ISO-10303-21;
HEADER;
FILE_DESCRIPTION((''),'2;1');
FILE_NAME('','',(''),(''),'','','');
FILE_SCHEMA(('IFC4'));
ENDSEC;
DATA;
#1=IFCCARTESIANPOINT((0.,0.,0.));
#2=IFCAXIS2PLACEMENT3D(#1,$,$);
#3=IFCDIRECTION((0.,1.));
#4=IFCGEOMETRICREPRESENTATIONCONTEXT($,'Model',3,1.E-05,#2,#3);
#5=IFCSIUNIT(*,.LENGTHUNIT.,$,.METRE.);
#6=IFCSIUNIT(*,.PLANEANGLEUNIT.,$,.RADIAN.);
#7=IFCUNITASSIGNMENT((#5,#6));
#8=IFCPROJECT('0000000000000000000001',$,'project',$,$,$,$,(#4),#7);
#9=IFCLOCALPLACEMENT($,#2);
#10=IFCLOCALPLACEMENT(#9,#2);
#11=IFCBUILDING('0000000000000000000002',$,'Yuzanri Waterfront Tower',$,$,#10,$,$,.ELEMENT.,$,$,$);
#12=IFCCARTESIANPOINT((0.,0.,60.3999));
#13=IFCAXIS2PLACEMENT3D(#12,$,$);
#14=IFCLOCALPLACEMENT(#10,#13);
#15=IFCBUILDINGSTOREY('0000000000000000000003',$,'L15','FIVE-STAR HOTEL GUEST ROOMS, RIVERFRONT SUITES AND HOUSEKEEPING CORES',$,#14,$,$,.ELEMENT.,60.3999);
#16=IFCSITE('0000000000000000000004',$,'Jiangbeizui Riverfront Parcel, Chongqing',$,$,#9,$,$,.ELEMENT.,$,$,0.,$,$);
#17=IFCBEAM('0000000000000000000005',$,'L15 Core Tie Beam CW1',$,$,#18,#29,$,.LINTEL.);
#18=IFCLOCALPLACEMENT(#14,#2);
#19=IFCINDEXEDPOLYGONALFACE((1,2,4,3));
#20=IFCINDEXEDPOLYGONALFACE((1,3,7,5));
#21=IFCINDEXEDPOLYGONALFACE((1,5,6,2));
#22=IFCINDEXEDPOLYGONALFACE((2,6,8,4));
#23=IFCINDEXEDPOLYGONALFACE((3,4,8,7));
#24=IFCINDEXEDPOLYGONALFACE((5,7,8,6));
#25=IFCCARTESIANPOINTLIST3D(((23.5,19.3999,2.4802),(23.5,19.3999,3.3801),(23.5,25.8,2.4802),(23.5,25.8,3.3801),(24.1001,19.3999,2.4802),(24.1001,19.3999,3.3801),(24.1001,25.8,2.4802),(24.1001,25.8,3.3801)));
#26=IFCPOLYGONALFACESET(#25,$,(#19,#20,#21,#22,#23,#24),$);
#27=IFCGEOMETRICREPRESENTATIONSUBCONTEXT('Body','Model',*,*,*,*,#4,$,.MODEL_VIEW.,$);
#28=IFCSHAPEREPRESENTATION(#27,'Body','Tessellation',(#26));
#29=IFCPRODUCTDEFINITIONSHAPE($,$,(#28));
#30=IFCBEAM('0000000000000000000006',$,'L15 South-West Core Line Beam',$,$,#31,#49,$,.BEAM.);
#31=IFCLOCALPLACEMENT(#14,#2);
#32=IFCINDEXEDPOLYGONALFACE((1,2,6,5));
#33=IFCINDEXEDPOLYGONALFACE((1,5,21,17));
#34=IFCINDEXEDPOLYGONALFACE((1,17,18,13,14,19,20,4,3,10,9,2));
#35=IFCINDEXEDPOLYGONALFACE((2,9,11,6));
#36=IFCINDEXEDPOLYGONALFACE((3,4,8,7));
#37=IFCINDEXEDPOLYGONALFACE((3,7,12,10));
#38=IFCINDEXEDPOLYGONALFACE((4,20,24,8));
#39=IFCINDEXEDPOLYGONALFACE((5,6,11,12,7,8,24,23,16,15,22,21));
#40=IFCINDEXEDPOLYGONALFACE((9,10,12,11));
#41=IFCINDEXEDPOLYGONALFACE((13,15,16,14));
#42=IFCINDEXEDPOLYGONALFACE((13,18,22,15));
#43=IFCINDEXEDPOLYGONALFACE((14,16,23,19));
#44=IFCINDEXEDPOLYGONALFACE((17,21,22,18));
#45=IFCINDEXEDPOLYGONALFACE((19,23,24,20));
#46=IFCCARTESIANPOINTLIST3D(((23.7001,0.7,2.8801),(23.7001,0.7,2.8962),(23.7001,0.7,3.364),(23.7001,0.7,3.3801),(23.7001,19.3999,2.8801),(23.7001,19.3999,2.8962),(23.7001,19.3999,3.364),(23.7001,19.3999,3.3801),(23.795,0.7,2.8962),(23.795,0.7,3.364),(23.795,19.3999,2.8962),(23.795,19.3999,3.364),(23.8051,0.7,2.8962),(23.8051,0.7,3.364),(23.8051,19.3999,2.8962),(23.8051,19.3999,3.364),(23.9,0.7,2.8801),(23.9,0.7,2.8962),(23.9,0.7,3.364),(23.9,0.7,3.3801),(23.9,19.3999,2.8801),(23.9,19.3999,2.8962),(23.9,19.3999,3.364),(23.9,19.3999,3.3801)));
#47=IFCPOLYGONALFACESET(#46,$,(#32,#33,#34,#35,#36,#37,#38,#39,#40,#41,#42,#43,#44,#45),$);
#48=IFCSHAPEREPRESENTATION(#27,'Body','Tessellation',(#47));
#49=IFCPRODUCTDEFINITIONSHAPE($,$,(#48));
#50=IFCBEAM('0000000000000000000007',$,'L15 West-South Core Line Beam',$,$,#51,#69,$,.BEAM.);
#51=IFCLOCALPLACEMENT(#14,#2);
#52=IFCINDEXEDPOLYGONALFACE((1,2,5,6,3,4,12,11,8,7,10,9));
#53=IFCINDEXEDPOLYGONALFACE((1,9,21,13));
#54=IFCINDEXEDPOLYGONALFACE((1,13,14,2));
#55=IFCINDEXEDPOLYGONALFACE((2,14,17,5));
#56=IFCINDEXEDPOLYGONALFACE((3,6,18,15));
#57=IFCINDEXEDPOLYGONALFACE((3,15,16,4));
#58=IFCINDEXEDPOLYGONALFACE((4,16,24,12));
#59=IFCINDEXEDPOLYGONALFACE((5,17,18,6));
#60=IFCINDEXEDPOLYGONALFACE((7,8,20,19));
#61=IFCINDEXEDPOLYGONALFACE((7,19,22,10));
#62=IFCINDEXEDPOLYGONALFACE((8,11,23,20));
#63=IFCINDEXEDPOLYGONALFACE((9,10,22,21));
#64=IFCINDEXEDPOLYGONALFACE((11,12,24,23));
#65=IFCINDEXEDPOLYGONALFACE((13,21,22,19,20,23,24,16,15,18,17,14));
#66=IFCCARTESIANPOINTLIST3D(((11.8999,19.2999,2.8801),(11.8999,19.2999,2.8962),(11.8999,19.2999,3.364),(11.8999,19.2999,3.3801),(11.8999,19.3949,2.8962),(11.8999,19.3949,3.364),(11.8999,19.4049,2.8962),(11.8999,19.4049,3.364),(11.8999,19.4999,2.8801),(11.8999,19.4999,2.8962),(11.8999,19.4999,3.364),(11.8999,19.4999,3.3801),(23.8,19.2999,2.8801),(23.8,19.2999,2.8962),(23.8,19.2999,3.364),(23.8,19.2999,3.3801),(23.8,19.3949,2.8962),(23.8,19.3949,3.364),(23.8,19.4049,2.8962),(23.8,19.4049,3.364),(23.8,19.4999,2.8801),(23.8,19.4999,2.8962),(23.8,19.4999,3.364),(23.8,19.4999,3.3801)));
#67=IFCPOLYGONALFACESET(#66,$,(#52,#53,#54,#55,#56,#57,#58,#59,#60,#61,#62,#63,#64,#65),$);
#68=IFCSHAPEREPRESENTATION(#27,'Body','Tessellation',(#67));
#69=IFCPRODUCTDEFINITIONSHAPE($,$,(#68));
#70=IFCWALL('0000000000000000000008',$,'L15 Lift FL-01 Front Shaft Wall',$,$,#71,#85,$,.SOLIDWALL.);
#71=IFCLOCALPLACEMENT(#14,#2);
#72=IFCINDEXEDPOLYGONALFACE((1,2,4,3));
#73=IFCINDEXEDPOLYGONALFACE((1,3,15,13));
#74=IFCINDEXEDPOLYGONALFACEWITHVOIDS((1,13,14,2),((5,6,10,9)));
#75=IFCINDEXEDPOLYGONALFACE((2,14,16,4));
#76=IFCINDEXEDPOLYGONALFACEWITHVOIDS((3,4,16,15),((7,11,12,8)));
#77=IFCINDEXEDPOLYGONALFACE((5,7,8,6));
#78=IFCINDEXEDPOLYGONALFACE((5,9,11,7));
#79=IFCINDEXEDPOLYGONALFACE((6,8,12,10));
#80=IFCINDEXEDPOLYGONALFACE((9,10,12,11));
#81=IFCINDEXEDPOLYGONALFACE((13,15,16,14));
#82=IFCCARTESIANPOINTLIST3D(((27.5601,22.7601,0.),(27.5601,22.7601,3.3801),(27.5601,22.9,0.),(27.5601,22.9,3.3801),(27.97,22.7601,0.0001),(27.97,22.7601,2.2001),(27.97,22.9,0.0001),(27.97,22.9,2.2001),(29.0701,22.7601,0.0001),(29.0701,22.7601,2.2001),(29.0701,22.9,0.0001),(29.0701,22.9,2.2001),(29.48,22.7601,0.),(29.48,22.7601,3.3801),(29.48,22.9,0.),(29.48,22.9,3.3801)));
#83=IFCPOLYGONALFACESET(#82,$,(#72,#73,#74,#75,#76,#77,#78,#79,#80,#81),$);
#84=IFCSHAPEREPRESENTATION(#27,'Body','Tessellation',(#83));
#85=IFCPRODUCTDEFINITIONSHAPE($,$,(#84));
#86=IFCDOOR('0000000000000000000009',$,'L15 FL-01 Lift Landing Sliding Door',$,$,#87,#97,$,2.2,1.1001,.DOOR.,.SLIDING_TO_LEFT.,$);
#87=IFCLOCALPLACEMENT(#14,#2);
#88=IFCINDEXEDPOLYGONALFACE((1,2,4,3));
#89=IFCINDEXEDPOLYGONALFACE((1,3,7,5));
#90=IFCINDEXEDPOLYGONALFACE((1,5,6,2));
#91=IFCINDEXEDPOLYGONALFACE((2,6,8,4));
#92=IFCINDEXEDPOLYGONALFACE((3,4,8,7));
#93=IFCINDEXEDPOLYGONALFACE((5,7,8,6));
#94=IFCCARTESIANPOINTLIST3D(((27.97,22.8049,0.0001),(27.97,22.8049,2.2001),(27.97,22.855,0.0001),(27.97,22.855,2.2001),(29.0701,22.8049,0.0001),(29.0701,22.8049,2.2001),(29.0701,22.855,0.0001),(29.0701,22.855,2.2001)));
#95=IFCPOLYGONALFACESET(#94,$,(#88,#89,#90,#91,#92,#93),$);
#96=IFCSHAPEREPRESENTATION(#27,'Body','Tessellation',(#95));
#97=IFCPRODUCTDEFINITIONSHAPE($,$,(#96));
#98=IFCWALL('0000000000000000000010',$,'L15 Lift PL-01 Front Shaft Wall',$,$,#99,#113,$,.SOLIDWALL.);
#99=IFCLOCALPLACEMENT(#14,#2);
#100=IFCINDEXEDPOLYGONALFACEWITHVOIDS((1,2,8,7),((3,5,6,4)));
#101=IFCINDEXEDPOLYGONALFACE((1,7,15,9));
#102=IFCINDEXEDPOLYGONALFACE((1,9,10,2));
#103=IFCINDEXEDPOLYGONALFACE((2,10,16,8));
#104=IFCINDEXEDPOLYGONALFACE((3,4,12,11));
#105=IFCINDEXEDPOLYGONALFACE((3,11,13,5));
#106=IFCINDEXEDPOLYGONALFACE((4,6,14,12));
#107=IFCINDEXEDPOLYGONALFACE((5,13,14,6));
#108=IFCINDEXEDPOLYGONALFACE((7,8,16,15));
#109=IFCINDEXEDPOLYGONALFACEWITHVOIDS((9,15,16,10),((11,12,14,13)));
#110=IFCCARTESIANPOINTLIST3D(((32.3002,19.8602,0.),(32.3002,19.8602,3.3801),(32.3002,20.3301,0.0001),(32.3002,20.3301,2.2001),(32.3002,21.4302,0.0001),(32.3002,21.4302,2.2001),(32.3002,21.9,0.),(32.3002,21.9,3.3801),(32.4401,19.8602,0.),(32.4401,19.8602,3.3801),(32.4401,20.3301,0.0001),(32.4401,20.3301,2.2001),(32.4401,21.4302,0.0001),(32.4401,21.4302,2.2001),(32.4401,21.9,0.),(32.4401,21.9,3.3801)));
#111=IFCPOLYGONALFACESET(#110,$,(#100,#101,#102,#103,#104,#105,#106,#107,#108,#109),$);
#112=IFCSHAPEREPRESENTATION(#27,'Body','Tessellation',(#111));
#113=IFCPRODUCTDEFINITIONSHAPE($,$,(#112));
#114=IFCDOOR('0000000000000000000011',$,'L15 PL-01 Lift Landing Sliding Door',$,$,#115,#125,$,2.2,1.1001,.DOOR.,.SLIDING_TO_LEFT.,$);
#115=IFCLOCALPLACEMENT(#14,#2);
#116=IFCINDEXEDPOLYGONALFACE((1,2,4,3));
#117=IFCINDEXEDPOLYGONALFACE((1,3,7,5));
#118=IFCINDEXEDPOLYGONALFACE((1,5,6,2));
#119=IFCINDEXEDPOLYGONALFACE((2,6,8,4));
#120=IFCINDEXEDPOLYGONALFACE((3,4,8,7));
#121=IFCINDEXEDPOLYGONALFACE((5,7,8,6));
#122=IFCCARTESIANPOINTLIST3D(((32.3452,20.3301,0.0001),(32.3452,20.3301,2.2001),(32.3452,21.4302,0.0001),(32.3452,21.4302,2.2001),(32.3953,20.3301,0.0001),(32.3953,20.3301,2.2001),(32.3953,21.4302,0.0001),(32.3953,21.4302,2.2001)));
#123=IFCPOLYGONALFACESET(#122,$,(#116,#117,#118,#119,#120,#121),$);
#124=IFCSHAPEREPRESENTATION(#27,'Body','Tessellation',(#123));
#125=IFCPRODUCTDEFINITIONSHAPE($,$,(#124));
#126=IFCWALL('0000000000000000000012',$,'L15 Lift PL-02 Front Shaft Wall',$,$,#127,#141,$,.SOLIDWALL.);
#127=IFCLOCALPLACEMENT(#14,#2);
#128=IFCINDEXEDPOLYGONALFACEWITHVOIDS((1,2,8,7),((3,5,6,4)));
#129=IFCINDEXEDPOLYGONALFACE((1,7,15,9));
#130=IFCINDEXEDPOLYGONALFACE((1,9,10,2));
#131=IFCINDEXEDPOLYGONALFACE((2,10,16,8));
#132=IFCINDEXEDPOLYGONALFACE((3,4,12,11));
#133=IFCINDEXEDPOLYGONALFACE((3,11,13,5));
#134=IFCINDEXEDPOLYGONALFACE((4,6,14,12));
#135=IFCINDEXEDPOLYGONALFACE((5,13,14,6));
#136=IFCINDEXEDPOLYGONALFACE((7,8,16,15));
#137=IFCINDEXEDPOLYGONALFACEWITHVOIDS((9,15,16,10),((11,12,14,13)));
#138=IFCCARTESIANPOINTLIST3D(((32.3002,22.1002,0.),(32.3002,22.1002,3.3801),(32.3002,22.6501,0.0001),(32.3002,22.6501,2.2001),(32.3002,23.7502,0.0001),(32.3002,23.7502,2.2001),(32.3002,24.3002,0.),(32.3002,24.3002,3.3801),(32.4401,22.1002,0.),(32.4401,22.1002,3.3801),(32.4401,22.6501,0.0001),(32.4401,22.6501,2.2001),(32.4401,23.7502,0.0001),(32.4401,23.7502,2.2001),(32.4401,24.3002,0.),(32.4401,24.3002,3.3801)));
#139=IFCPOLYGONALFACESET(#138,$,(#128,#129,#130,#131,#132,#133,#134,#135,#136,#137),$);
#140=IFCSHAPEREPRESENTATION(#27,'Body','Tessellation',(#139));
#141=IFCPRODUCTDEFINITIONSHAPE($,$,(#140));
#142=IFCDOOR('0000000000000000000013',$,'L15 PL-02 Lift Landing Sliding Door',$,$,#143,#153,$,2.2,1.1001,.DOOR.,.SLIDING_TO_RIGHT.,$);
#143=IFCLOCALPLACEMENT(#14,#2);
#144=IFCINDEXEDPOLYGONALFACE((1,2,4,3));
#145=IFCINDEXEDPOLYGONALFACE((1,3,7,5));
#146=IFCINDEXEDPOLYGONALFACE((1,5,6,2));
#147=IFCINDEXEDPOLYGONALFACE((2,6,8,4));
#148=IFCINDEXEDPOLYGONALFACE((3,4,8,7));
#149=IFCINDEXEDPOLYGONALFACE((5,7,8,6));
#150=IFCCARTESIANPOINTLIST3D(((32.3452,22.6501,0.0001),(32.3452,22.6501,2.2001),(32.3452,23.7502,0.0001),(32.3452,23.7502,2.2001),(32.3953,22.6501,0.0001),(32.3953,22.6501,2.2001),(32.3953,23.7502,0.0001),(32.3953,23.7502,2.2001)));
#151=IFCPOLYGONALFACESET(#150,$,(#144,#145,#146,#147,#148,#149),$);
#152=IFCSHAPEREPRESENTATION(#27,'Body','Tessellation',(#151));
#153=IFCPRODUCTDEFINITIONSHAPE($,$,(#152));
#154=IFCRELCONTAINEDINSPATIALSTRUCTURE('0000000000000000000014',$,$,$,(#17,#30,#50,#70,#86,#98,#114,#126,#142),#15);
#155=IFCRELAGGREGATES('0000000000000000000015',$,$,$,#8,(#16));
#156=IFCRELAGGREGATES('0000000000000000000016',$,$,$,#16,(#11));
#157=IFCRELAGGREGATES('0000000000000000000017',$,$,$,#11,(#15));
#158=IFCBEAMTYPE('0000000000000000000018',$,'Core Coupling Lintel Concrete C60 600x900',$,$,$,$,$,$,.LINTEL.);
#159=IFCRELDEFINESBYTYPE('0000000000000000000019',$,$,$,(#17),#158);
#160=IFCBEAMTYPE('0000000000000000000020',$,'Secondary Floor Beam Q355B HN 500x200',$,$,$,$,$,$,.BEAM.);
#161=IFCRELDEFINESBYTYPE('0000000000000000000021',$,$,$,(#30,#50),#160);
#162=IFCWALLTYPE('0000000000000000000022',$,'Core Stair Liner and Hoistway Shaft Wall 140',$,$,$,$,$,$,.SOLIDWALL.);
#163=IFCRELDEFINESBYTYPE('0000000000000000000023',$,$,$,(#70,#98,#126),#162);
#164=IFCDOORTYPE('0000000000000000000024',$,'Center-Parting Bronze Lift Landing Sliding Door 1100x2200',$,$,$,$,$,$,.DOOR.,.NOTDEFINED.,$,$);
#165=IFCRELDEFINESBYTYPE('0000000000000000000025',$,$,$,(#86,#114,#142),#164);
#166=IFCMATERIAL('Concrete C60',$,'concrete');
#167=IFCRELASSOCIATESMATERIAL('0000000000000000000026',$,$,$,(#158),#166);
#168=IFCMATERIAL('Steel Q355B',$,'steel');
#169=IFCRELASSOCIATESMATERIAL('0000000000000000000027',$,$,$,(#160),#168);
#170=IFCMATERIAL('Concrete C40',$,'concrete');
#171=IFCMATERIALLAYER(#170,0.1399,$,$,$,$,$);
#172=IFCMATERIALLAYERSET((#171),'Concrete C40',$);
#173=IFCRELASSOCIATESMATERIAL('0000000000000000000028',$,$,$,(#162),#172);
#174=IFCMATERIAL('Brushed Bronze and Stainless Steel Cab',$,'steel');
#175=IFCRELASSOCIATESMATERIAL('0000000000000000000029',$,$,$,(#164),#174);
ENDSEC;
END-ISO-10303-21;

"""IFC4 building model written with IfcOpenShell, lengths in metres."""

from ifc_helpers import new_model, si_unit, direction, frame, frame_2d, origin, origin_2d, place, context, subcontext, project, spatial, rectangle, i_section, extrude, source, transform, mapped, material, layer, layer_set, material_profile, profile_set, type_object, element, fill, save


model = new_model("IFC4")

# Units and contexts
model_context = context("Model", 3, precision=1e-05, world=origin(), true_north=direction((0.0, 1.0)))
body_context = subcontext(model_context, "Body", "Model", "MODEL_VIEW")
ifc_project = project(units=[si_unit("LENGTHUNIT", "METRE"), si_unit("PLANEANGLEUNIT", "RADIAN")], contexts=[model_context])

# Site, building, storey
site_placement = place(None, origin())
site = spatial("IfcSite", under=ifc_project, at=site_placement, Name="Jiangbeizui Riverfront Parcel, Chongqing", CompositionType="ELEMENT", RefElevation=0.0)
building_placement = place(site_placement, origin())
building = spatial("IfcBuilding", under=site, at=building_placement, Name="Yuzanri Waterfront Tower", CompositionType="ELEMENT")
storey_placement = place(building_placement, frame((0.0, 0.0, 60.3999)))
storey = spatial("IfcBuildingStorey", under=building, at=storey_placement, Name="L15", Description="FIVE-STAR HOTEL GUEST ROOMS, RIVERFRONT SUITES AND HOUSEKEEPING CORES", CompositionType="ELEMENT", Elevation=60.3999)

# Beams
ifc_material_1 = material(Name="Concrete C60", Category="concrete")
ifc_material_profile_1 = material_profile(ifc_material_1, rectangle(XDim=0.6001, YDim=0.8999, at=origin_2d()), Name="RC 600x900")
ifc_profile_set_1 = profile_set([ifc_material_profile_1], Name="Concrete C60")
beam_type_1 = type_object("IfcBeamType", Name="Core Coupling Lintel Concrete C60 600x900", PredefinedType="LINTEL", material=ifc_profile_set_1)
shared_shape_1 = source(origin(), body_context, "Body", "SweptSolid", [
    extrude(rectangle(XDim=0.6001, YDim=0.8999, at=origin_2d()), origin(), (0.0, 0.0, 1.0), 6.4001),
])
beam_1_placement = place(storey_placement, frame((23.8, 19.3999, 2.9302), z_axis=(0.0, 1.0, 0.0), x_axis=(-1.0, 0.0, 0.0)))
element("IfcBeam", 1, at=beam_1_placement, inside=storey, type_object=beam_type_1, Name="L15 Core Tie Beam CW1", PredefinedType="LINTEL", context=body_context, shape_type="MappedRepresentation", body=[
    mapped(shared_shape_1, transform((0.0, 0.0, 0.0), scale=1.0)),
])
ifc_material_2 = material(Name="Steel Q355B", Category="steel")
ifc_material_profile_2 = material_profile(ifc_material_2, i_section(OverallWidth=0.2, OverallDepth=0.5, WebThickness=0.01, FlangeThickness=0.0161, at=origin_2d()), Name="HN 500x200x10x16")
ifc_profile_set_2 = profile_set([ifc_material_profile_2], Name="Steel Q355B")
beam_type_2 = type_object("IfcBeamType", Name="Secondary Floor Beam Q355B HN 500x200", PredefinedType="BEAM", material=ifc_profile_set_2)
shared_shape_2 = source(origin(), body_context, "Body", "SweptSolid", [
    extrude(i_section(OverallWidth=0.2, OverallDepth=0.5, WebThickness=0.01, FlangeThickness=0.0161, at=origin_2d()), origin(), (0.0, 0.0, 1.0), 18.7),
])
beam_2_placement = place(storey_placement, frame((23.8, 19.3999, 3.1301), z_axis=(0.0, -1.0, 0.0), x_axis=(1.0, 0.0, 0.0)))
element("IfcBeam", 2, at=beam_2_placement, inside=storey, type_object=beam_type_2, Name="L15 South-West Core Line Beam", PredefinedType="BEAM", context=body_context, shape_type="MappedRepresentation", body=[
    mapped(shared_shape_2, transform((0.0, 0.0, 0.0), scale=1.0)),
])
shared_shape_3 = source(origin(), body_context, "Body", "SweptSolid", [
    extrude(i_section(OverallWidth=0.2, OverallDepth=0.5, WebThickness=0.01, FlangeThickness=0.0161, at=origin_2d()), origin(), (0.0, 0.0, 1.0), 11.9001),
])
beam_3_placement = place(storey_placement, frame((23.8, 19.3999, 3.1301), z_axis=(-1.0, 0.0, 0.0), x_axis=(0.0, -1.0, 0.0)))
element("IfcBeam", 3, at=beam_3_placement, inside=storey, type_object=beam_type_2, Name="L15 West-South Core Line Beam", PredefinedType="BEAM", context=body_context, shape_type="MappedRepresentation", body=[
    mapped(shared_shape_3, transform((0.0, 0.0, 0.0), scale=1.0)),
])

# Walls, openings, doors
ifc_material_3 = material(Name="Concrete C40", Category="concrete")
ifc_layer_1 = layer(ifc_material_3, 0.1399)
ifc_layer_set_1 = layer_set([ifc_layer_1], Name="Concrete C40")
wall_type_1 = type_object("IfcWallType", Name="Core Stair Liner and Hoistway Shaft Wall 140", PredefinedType="SOLIDWALL", material=ifc_layer_set_1)
wall_1_placement = place(storey_placement, frame((27.5601, 22.8301, 0.0), z_axis=(0.0, 0.0, 1.0), x_axis=(1.0, 0.0, 0.0)))
wall_1 = element("IfcWall", 4, at=wall_1_placement, inside=storey, type_object=wall_type_1, Name="L15 Lift FL-01 Front Shaft Wall", PredefinedType="SOLIDWALL", context=body_context, shape_type="SweptSolid", body=[
    extrude(rectangle(XDim=1.9199, YDim=0.1399, at=frame_2d((0.96, 0.0))), origin(), (0.0, 0.0, 1.0), 3.3801),
])
opening_1_placement = place(wall_1_placement, frame((0.4099, 0.0, 0.0)))
opening_1 = element("IfcOpeningElement", 5, at=opening_1_placement, cuts=wall_1, PredefinedType="OPENING", context=body_context, shape_type="SweptSolid", body=[
    extrude(rectangle(XDim=1.1001, YDim=2.2, at=frame_2d((0.55, 1.1001))), frame((0.0, 0.085, 0.0), z_axis=(0.0, -1.0, 0.0), x_axis=(1.0, 0.0, 0.0)), (0.0, 0.0, 1.0), 0.1697),
])
ifc_material_4 = material(Name="Brushed Bronze and Stainless Steel Cab", Category="steel")
door_type_1 = type_object("IfcDoorType", Name="Center-Parting Bronze Lift Landing Sliding Door 1100x2200", OperationType="NOTDEFINED", PredefinedType="DOOR", material=ifc_material_4)
shared_shape_4 = source(origin(), body_context, "Body", "SweptSolid", [
    extrude(rectangle(XDim=1.1001, YDim=2.2, at=frame_2d((0.55, 1.1001))), frame((0.0, 0.0249, 0.0), z_axis=(0.0, -1.0, 0.0), x_axis=(1.0, 0.0, 0.0)), (0.0, 0.0, 1.0), 0.05),
])
door_1_placement = place(opening_1_placement, origin())
door_1 = element("IfcDoor", 6, at=door_1_placement, inside=storey, type_object=door_type_1, Name="L15 FL-01 Lift Landing Sliding Door", OperationType="SLIDING_TO_LEFT", OverallHeight=2.2, OverallWidth=1.1001, PredefinedType="DOOR", context=body_context, shape_type="MappedRepresentation", body=[
    mapped(shared_shape_4, transform((0.0, 0.0, 0.0), scale=1.0)),
])
fill(opening_1, door_1)
wall_2_placement = place(storey_placement, frame((32.3701, 19.8601, 0.0), z_axis=(0.0, 0.0, 1.0), x_axis=(0.0, 1.0, 0.0)))
wall_2 = element("IfcWall", 7, at=wall_2_placement, inside=storey, type_object=wall_type_1, Name="L15 Lift PL-01 Front Shaft Wall", PredefinedType="SOLIDWALL", context=body_context, shape_type="SweptSolid", body=[
    extrude(rectangle(XDim=2.0398, YDim=0.1399, at=frame_2d((1.02, 0.0))), origin(), (0.0, 0.0, 1.0), 3.3801),
])
opening_2_placement = place(wall_2_placement, frame((0.47, 0.0, 0.0)))
opening_2 = element("IfcOpeningElement", 8, at=opening_2_placement, cuts=wall_2, PredefinedType="OPENING", context=body_context, shape_type="SweptSolid", body=[
    extrude(rectangle(XDim=1.1001, YDim=2.2, at=frame_2d((0.55, 1.1001))), frame((0.0, 0.085, 0.0), z_axis=(0.0, -1.0, 0.0), x_axis=(1.0, 0.0, 0.0)), (0.0, 0.0, 1.0), 0.1697),
])
door_2_placement = place(opening_2_placement, origin())
door_2 = element("IfcDoor", 9, at=door_2_placement, inside=storey, type_object=door_type_1, Name="L15 PL-01 Lift Landing Sliding Door", OperationType="SLIDING_TO_LEFT", OverallHeight=2.2, OverallWidth=1.1001, PredefinedType="DOOR", context=body_context, shape_type="MappedRepresentation", body=[
    mapped(shared_shape_4, transform((0.0, 0.0, 0.0), scale=1.0)),
])
fill(opening_2, door_2)
wall_3_placement = place(storey_placement, frame((32.3701, 22.1001, 0.0), z_axis=(0.0, 0.0, 1.0), x_axis=(0.0, 1.0, 0.0)))
wall_3 = element("IfcWall", 10, at=wall_3_placement, inside=storey, type_object=wall_type_1, Name="L15 Lift PL-02 Front Shaft Wall", PredefinedType="SOLIDWALL", context=body_context, shape_type="SweptSolid", body=[
    extrude(rectangle(XDim=2.2, YDim=0.1399, at=frame_2d((1.1001, 0.0))), origin(), (0.0, 0.0, 1.0), 3.3801),
])
opening_3_placement = place(wall_3_placement, frame((0.55, 0.0, 0.0)))
opening_3 = element("IfcOpeningElement", 11, at=opening_3_placement, cuts=wall_3, PredefinedType="OPENING", context=body_context, shape_type="SweptSolid", body=[
    extrude(rectangle(XDim=1.1001, YDim=2.2, at=frame_2d((0.55, 1.1001))), frame((0.0, 0.085, 0.0), z_axis=(0.0, -1.0, 0.0), x_axis=(1.0, 0.0, 0.0)), (0.0, 0.0, 1.0), 0.1697),
])
door_3_placement = place(opening_3_placement, origin())
door_3 = element("IfcDoor", 12, at=door_3_placement, inside=storey, type_object=door_type_1, Name="L15 PL-02 Lift Landing Sliding Door", OperationType="SLIDING_TO_RIGHT", OverallHeight=2.2, OverallWidth=1.1001, PredefinedType="DOOR", context=body_context, shape_type="MappedRepresentation", body=[
    mapped(shared_shape_4, transform((0.0, 0.0, 0.0), scale=1.0)),
])
fill(opening_3, door_3)

save(model, "model.ifc")
